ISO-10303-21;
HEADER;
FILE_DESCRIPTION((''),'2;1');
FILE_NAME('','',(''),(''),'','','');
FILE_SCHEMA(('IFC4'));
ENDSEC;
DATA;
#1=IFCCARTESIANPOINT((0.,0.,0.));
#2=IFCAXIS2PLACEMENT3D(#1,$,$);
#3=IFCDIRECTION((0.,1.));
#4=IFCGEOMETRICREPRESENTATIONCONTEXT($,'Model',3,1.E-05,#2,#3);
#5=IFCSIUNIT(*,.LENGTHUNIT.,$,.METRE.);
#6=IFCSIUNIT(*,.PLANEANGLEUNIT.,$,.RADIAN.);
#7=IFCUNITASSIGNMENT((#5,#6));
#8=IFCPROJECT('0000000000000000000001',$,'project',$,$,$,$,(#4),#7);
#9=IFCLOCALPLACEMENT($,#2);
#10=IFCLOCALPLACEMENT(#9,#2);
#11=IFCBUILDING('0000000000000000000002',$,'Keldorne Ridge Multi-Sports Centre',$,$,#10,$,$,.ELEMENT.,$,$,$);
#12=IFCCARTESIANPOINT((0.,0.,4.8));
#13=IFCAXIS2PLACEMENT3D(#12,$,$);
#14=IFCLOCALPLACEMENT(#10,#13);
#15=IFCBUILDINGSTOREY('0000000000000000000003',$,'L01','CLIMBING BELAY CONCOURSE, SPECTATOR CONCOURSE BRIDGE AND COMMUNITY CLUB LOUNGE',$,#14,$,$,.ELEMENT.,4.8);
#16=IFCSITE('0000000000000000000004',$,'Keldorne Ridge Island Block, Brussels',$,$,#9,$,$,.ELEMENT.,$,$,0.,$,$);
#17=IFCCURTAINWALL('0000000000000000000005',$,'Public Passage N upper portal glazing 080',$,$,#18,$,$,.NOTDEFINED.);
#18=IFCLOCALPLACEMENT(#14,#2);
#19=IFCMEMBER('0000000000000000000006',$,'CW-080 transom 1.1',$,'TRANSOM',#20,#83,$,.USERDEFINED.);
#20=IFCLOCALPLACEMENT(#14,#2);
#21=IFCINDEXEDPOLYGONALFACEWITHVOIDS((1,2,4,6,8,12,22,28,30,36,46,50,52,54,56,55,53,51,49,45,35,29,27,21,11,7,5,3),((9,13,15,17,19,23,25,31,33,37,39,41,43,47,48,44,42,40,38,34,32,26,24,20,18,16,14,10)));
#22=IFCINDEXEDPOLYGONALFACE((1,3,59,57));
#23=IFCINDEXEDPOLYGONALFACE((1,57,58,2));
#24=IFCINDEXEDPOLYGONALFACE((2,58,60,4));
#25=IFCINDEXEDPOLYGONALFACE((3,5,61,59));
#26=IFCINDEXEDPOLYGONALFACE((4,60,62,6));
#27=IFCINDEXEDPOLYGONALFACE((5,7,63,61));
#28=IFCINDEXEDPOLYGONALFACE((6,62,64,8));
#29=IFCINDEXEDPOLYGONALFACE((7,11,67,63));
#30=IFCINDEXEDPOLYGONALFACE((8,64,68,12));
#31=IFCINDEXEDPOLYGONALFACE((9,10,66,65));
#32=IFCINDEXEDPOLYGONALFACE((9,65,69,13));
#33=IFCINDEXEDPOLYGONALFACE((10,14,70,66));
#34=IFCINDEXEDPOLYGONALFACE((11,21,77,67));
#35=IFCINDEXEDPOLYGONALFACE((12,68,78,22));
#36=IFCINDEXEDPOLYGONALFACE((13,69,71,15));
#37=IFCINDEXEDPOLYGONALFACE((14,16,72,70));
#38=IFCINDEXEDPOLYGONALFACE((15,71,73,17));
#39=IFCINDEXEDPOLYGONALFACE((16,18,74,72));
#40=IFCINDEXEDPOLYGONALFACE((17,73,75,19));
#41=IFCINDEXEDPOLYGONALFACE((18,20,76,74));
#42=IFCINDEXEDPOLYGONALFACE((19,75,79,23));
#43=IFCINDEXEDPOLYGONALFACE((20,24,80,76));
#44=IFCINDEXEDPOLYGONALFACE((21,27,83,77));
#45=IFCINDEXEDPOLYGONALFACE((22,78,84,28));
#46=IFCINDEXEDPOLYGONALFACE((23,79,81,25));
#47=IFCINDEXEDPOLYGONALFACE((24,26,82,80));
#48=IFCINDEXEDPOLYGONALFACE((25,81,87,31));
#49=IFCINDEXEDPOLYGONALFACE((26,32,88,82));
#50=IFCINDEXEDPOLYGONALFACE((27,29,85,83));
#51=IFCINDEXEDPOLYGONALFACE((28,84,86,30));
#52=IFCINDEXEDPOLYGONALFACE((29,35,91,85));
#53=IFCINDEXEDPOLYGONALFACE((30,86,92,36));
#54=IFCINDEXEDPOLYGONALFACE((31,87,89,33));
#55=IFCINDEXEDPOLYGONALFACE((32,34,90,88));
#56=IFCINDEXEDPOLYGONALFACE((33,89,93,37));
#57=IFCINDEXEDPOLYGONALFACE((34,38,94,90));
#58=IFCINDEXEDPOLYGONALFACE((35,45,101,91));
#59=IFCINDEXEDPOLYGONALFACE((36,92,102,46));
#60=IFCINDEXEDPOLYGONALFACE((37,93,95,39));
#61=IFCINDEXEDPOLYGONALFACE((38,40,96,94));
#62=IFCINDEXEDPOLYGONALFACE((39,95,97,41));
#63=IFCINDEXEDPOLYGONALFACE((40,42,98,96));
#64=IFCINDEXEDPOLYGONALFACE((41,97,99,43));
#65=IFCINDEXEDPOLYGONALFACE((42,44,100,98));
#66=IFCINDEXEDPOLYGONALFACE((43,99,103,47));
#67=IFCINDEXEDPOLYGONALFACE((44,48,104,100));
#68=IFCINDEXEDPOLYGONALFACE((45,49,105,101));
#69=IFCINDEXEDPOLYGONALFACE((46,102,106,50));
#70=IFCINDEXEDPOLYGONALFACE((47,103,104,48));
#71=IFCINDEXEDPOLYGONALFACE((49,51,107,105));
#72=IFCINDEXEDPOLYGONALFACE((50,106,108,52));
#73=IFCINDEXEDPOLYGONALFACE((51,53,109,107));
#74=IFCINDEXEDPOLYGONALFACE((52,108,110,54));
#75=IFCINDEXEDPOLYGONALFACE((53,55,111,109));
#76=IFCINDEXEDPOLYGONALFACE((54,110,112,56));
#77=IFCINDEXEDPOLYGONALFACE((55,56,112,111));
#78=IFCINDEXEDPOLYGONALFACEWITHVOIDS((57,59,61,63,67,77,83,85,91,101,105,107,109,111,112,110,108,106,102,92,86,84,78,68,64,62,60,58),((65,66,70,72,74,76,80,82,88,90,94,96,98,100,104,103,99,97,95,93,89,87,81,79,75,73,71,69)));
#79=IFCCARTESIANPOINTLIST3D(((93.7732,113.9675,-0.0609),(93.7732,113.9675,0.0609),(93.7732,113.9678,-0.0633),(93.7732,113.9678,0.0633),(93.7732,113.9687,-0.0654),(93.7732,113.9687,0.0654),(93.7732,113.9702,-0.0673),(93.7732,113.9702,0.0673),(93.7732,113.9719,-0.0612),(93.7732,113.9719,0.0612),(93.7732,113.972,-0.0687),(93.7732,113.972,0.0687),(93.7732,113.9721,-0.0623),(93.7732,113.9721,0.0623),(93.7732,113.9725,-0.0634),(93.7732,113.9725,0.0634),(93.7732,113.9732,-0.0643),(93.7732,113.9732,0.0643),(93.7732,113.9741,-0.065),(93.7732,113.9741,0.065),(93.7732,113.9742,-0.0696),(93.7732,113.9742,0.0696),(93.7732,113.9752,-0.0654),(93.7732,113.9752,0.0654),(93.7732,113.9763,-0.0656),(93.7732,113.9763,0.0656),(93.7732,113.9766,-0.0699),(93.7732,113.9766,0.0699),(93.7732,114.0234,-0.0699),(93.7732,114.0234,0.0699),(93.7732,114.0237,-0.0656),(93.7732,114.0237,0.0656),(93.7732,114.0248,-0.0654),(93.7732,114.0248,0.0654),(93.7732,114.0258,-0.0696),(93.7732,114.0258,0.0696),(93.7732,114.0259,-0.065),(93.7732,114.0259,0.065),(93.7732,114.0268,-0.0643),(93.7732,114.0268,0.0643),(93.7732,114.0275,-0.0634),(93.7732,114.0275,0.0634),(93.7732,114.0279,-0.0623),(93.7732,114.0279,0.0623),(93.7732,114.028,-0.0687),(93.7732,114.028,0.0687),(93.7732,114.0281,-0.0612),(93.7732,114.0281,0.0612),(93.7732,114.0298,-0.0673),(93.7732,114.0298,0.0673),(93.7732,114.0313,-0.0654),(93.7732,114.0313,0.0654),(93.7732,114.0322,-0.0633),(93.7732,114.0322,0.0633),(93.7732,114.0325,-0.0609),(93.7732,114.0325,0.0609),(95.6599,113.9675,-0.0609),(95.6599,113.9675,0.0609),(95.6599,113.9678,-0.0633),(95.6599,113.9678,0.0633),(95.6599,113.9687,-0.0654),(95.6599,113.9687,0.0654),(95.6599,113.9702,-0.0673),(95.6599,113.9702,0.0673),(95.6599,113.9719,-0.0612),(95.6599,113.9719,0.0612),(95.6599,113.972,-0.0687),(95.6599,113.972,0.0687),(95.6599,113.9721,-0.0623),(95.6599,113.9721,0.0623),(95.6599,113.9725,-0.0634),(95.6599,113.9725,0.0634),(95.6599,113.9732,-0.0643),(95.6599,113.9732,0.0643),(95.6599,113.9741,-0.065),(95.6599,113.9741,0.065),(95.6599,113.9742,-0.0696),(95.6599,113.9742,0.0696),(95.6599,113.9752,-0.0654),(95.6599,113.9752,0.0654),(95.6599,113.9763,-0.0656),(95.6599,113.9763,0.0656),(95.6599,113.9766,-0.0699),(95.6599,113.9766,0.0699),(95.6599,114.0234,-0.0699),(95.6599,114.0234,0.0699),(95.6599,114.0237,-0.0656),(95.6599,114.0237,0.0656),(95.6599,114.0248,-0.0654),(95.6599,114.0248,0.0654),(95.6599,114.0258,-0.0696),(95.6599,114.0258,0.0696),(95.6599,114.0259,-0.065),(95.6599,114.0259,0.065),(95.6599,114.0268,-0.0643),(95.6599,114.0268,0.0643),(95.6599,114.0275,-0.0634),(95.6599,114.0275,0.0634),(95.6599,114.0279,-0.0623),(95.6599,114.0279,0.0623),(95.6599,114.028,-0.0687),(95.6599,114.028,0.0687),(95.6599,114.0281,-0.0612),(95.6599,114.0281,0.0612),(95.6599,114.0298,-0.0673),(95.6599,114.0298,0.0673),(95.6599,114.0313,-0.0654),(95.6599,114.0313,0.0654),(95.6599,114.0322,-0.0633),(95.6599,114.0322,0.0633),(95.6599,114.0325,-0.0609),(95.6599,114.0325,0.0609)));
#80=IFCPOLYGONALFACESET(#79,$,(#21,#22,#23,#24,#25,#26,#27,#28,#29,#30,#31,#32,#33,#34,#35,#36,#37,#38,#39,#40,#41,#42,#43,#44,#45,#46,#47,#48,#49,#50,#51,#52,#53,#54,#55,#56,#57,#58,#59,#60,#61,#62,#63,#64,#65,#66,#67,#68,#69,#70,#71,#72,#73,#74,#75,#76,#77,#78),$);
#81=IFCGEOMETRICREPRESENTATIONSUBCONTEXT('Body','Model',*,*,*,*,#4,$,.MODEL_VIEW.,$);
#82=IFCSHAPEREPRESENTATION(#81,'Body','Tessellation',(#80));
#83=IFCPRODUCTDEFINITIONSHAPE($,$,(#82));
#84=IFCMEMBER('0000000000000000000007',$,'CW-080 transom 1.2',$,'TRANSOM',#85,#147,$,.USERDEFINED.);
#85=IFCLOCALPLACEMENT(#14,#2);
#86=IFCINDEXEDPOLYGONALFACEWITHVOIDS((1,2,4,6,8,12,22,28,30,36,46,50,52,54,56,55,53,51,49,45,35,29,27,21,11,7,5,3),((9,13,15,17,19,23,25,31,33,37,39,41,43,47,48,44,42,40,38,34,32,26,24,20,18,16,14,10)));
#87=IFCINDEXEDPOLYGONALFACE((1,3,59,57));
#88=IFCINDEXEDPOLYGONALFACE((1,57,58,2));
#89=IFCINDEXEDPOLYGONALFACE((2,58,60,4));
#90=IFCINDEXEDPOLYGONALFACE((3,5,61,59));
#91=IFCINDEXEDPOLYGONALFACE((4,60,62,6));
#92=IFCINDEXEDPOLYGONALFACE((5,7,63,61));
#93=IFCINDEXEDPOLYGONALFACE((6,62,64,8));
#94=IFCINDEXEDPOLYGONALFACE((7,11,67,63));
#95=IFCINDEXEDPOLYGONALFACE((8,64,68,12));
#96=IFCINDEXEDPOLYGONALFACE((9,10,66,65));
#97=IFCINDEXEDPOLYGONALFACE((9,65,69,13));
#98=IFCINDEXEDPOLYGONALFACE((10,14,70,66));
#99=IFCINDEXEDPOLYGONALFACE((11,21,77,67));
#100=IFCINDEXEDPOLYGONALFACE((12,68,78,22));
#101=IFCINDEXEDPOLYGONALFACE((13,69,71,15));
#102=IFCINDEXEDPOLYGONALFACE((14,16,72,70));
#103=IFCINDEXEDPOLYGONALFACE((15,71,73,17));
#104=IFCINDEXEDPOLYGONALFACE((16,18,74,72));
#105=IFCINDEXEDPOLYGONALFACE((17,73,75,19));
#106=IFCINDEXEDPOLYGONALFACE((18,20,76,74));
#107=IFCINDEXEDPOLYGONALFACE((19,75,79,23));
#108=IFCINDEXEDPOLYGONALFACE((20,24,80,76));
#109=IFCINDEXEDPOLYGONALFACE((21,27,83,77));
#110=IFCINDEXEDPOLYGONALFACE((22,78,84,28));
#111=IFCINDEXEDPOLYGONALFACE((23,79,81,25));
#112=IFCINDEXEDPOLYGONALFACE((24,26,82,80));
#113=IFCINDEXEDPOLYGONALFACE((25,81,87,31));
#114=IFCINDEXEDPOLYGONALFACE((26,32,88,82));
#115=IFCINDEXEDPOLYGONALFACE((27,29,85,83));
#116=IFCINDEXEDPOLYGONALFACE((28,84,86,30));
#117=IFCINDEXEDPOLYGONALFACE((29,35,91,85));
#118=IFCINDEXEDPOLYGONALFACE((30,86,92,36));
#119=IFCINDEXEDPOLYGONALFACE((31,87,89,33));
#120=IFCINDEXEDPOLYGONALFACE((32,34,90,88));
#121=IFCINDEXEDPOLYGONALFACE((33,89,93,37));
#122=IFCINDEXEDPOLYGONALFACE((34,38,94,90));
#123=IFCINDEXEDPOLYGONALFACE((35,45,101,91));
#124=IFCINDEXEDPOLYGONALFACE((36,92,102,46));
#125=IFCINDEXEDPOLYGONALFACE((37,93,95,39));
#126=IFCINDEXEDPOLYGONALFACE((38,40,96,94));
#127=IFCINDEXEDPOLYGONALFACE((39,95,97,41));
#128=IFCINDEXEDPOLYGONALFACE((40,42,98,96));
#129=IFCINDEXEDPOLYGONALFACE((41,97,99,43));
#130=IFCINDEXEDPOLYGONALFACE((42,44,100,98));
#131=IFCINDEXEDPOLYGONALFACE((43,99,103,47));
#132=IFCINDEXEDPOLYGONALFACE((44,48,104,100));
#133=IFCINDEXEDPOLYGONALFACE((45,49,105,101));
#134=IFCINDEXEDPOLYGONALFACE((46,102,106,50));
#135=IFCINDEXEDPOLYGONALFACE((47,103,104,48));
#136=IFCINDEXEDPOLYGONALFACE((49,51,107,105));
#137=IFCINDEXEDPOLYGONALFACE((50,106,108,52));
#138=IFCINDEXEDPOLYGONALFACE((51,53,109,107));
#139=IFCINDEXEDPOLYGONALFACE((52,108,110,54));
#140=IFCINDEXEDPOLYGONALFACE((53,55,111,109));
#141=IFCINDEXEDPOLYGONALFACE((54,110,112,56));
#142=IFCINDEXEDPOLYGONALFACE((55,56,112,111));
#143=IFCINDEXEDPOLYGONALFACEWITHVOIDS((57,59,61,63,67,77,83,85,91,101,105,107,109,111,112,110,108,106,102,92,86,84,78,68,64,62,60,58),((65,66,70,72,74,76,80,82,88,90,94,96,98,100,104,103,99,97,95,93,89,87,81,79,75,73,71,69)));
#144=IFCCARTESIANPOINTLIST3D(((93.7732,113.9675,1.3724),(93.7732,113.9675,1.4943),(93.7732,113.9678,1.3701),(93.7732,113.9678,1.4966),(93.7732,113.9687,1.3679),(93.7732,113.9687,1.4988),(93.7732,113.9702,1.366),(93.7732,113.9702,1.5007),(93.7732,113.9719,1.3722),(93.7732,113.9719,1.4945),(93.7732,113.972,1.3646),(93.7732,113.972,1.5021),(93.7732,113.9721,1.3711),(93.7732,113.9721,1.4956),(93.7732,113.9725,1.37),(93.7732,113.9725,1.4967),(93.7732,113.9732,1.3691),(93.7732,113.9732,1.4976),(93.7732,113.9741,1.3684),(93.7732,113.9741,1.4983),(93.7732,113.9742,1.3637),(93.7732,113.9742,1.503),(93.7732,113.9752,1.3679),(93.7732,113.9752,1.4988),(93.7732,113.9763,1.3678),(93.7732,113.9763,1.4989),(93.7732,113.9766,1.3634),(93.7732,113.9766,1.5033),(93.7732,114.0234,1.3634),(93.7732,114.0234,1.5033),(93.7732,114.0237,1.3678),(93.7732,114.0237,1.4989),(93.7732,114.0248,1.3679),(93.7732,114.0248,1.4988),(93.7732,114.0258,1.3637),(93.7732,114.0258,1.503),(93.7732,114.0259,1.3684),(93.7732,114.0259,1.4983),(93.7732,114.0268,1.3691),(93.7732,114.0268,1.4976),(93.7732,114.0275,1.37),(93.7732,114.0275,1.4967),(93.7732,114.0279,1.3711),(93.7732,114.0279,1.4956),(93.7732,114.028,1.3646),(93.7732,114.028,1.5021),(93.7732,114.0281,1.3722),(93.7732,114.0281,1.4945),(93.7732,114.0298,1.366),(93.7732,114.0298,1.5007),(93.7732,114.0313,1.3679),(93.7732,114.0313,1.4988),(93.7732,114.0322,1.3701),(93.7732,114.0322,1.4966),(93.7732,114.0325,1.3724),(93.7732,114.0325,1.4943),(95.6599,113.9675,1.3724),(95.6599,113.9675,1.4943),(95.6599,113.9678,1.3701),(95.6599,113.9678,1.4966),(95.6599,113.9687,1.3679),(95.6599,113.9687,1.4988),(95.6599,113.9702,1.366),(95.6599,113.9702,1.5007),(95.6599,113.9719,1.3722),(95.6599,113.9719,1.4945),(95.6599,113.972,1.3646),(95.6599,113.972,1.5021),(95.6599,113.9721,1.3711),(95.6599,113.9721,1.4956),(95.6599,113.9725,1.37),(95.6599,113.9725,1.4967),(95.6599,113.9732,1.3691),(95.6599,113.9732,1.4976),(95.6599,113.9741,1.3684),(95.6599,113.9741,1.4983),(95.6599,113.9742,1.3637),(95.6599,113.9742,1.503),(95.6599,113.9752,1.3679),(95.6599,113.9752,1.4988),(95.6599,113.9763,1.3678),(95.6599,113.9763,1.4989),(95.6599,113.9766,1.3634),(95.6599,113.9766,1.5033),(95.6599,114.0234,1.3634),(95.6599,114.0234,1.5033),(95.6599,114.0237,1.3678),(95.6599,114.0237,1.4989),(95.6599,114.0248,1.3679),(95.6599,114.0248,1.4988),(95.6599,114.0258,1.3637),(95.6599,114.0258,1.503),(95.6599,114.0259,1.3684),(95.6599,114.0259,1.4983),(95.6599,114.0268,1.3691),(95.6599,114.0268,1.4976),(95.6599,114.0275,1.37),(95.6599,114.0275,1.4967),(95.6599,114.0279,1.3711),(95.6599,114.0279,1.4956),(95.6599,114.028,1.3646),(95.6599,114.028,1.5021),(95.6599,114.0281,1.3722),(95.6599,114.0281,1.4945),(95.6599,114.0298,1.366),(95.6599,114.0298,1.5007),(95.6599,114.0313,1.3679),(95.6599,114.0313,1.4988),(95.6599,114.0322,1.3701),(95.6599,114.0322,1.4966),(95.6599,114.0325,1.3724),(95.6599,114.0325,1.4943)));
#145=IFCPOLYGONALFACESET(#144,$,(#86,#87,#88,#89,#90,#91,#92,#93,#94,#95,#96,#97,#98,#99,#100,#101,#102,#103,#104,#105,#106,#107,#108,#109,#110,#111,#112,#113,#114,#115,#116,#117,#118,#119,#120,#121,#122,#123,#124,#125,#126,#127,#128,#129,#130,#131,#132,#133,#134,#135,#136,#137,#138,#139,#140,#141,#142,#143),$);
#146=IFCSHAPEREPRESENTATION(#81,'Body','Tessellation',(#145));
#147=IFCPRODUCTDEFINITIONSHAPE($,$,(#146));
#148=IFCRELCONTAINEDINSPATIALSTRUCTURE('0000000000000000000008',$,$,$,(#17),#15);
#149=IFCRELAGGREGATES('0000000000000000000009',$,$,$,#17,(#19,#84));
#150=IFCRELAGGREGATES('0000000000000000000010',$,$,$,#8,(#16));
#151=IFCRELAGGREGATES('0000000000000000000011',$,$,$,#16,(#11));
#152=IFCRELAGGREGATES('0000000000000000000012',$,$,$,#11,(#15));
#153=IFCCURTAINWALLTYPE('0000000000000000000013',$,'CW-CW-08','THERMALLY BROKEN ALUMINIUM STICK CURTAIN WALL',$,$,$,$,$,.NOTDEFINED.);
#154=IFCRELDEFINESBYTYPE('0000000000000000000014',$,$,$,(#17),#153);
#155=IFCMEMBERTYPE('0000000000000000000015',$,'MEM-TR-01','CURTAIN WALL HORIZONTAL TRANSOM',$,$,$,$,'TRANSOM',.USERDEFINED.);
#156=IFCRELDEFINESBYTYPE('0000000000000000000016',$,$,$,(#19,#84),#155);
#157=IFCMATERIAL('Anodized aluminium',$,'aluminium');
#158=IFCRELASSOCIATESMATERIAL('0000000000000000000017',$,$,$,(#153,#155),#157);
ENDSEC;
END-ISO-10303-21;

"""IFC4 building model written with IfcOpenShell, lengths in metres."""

from ifc_helpers import new_model, si_unit, direction, frame, origin, origin_2d, place, context, subcontext, project, spatial, hollow_rectangle, extrude, material, material_profile, profile_set, type_object, element, aggregate, save


model = new_model("IFC4")

# Units and contexts
model_context = context("Model", 3, precision=1e-05, world=origin(), true_north=direction((0.0, 1.0)))
body_context = subcontext(model_context, "Body", "Model", "MODEL_VIEW")
ifc_project = project(units=[si_unit("LENGTHUNIT", "METRE"), si_unit("PLANEANGLEUNIT", "RADIAN")], contexts=[model_context])

# Site, building, storey
site_placement = place(None, origin())
site = spatial("IfcSite", under=ifc_project, at=site_placement, Name="Keldorne Ridge Island Block, Brussels", CompositionType="ELEMENT", RefElevation=0.0)
building_placement = place(site_placement, origin())
building = spatial("IfcBuilding", under=site, at=building_placement, Name="Keldorne Ridge Multi-Sports Centre", CompositionType="ELEMENT")
storey_placement = place(building_placement, frame((0.0, 0.0, 4.8)))
storey = spatial("IfcBuildingStorey", under=building, at=storey_placement, Name="L01", Description="CLIMBING BELAY CONCOURSE, SPECTATOR CONCOURSE BRIDGE AND COMMUNITY CLUB LOUNGE", CompositionType="ELEMENT", Elevation=4.8)

# Shared definitions
ifc_material_1 = material(Name="Anodized aluminium", Category="aluminium")

# Curtain wall, members
curtain_wall_type_1 = type_object("IfcCurtainWallType", Name="CW-CW-08", Description="THERMALLY BROKEN ALUMINIUM STICK CURTAIN WALL", PredefinedType="NOTDEFINED", material=ifc_material_1)
curtain_wall_1_placement = place(storey_placement, origin())
curtain_wall_1 = element("IfcCurtainWall", 1, at=curtain_wall_1_placement, inside=storey, type_object=curtain_wall_type_1, Name="Public Passage N upper portal glazing 080", PredefinedType="NOTDEFINED")
ifc_material_profile_1 = material_profile(ifc_material_1, hollow_rectangle(XDim=0.0649, YDim=0.1399, WallThickness=0.0044, InnerFilletRadius=0.0044, OuterFilletRadius=0.009, at=origin_2d()), Name="ALU TRANSOM 140x65x4.5")
ifc_profile_set_1 = profile_set([ifc_material_profile_1], Name="Anodized aluminium")
member_type_1 = type_object("IfcMemberType", Name="MEM-TR-01", Description="CURTAIN WALL HORIZONTAL TRANSOM", ElementType="TRANSOM", PredefinedType="USERDEFINED", material=ifc_profile_set_1)
member_1_placement = place(storey_placement, frame((95.6599, 114.0, 0.0), z_axis=(-1.0, 0.0, 0.0), x_axis=(0.0, -1.0, 0.0)))
member_1 = element("IfcMember", 2, at=member_1_placement, type_object=member_type_1, Name="CW-080 transom 1.1", ObjectType="TRANSOM", PredefinedType="USERDEFINED", context=body_context, shape_type="SweptSolid", body=[
    extrude(hollow_rectangle(XDim=0.0649, YDim=0.1399, WallThickness=0.0044, InnerFilletRadius=0.0044, OuterFilletRadius=0.009, at=origin_2d()), origin(), (0.0, 0.0, 1.0), 1.8867),
])
member_2_placement = place(storey_placement, frame((95.6599, 114.0, 1.4333), z_axis=(-1.0, 0.0, 0.0), x_axis=(0.0, -1.0, 0.0)))
member_2 = element("IfcMember", 3, at=member_2_placement, type_object=member_type_1, Name="CW-080 transom 1.2", ObjectType="TRANSOM", PredefinedType="USERDEFINED", context=body_context, shape_type="SweptSolid", body=[
    extrude(hollow_rectangle(XDim=0.0649, YDim=0.1399, WallThickness=0.0044, InnerFilletRadius=0.0044, OuterFilletRadius=0.009, at=origin_2d()), origin(), (0.0, 0.0, 1.0), 1.8867),
])

aggregate(curtain_wall_1, [member_1, member_2])

save(model, "model.ifc")
